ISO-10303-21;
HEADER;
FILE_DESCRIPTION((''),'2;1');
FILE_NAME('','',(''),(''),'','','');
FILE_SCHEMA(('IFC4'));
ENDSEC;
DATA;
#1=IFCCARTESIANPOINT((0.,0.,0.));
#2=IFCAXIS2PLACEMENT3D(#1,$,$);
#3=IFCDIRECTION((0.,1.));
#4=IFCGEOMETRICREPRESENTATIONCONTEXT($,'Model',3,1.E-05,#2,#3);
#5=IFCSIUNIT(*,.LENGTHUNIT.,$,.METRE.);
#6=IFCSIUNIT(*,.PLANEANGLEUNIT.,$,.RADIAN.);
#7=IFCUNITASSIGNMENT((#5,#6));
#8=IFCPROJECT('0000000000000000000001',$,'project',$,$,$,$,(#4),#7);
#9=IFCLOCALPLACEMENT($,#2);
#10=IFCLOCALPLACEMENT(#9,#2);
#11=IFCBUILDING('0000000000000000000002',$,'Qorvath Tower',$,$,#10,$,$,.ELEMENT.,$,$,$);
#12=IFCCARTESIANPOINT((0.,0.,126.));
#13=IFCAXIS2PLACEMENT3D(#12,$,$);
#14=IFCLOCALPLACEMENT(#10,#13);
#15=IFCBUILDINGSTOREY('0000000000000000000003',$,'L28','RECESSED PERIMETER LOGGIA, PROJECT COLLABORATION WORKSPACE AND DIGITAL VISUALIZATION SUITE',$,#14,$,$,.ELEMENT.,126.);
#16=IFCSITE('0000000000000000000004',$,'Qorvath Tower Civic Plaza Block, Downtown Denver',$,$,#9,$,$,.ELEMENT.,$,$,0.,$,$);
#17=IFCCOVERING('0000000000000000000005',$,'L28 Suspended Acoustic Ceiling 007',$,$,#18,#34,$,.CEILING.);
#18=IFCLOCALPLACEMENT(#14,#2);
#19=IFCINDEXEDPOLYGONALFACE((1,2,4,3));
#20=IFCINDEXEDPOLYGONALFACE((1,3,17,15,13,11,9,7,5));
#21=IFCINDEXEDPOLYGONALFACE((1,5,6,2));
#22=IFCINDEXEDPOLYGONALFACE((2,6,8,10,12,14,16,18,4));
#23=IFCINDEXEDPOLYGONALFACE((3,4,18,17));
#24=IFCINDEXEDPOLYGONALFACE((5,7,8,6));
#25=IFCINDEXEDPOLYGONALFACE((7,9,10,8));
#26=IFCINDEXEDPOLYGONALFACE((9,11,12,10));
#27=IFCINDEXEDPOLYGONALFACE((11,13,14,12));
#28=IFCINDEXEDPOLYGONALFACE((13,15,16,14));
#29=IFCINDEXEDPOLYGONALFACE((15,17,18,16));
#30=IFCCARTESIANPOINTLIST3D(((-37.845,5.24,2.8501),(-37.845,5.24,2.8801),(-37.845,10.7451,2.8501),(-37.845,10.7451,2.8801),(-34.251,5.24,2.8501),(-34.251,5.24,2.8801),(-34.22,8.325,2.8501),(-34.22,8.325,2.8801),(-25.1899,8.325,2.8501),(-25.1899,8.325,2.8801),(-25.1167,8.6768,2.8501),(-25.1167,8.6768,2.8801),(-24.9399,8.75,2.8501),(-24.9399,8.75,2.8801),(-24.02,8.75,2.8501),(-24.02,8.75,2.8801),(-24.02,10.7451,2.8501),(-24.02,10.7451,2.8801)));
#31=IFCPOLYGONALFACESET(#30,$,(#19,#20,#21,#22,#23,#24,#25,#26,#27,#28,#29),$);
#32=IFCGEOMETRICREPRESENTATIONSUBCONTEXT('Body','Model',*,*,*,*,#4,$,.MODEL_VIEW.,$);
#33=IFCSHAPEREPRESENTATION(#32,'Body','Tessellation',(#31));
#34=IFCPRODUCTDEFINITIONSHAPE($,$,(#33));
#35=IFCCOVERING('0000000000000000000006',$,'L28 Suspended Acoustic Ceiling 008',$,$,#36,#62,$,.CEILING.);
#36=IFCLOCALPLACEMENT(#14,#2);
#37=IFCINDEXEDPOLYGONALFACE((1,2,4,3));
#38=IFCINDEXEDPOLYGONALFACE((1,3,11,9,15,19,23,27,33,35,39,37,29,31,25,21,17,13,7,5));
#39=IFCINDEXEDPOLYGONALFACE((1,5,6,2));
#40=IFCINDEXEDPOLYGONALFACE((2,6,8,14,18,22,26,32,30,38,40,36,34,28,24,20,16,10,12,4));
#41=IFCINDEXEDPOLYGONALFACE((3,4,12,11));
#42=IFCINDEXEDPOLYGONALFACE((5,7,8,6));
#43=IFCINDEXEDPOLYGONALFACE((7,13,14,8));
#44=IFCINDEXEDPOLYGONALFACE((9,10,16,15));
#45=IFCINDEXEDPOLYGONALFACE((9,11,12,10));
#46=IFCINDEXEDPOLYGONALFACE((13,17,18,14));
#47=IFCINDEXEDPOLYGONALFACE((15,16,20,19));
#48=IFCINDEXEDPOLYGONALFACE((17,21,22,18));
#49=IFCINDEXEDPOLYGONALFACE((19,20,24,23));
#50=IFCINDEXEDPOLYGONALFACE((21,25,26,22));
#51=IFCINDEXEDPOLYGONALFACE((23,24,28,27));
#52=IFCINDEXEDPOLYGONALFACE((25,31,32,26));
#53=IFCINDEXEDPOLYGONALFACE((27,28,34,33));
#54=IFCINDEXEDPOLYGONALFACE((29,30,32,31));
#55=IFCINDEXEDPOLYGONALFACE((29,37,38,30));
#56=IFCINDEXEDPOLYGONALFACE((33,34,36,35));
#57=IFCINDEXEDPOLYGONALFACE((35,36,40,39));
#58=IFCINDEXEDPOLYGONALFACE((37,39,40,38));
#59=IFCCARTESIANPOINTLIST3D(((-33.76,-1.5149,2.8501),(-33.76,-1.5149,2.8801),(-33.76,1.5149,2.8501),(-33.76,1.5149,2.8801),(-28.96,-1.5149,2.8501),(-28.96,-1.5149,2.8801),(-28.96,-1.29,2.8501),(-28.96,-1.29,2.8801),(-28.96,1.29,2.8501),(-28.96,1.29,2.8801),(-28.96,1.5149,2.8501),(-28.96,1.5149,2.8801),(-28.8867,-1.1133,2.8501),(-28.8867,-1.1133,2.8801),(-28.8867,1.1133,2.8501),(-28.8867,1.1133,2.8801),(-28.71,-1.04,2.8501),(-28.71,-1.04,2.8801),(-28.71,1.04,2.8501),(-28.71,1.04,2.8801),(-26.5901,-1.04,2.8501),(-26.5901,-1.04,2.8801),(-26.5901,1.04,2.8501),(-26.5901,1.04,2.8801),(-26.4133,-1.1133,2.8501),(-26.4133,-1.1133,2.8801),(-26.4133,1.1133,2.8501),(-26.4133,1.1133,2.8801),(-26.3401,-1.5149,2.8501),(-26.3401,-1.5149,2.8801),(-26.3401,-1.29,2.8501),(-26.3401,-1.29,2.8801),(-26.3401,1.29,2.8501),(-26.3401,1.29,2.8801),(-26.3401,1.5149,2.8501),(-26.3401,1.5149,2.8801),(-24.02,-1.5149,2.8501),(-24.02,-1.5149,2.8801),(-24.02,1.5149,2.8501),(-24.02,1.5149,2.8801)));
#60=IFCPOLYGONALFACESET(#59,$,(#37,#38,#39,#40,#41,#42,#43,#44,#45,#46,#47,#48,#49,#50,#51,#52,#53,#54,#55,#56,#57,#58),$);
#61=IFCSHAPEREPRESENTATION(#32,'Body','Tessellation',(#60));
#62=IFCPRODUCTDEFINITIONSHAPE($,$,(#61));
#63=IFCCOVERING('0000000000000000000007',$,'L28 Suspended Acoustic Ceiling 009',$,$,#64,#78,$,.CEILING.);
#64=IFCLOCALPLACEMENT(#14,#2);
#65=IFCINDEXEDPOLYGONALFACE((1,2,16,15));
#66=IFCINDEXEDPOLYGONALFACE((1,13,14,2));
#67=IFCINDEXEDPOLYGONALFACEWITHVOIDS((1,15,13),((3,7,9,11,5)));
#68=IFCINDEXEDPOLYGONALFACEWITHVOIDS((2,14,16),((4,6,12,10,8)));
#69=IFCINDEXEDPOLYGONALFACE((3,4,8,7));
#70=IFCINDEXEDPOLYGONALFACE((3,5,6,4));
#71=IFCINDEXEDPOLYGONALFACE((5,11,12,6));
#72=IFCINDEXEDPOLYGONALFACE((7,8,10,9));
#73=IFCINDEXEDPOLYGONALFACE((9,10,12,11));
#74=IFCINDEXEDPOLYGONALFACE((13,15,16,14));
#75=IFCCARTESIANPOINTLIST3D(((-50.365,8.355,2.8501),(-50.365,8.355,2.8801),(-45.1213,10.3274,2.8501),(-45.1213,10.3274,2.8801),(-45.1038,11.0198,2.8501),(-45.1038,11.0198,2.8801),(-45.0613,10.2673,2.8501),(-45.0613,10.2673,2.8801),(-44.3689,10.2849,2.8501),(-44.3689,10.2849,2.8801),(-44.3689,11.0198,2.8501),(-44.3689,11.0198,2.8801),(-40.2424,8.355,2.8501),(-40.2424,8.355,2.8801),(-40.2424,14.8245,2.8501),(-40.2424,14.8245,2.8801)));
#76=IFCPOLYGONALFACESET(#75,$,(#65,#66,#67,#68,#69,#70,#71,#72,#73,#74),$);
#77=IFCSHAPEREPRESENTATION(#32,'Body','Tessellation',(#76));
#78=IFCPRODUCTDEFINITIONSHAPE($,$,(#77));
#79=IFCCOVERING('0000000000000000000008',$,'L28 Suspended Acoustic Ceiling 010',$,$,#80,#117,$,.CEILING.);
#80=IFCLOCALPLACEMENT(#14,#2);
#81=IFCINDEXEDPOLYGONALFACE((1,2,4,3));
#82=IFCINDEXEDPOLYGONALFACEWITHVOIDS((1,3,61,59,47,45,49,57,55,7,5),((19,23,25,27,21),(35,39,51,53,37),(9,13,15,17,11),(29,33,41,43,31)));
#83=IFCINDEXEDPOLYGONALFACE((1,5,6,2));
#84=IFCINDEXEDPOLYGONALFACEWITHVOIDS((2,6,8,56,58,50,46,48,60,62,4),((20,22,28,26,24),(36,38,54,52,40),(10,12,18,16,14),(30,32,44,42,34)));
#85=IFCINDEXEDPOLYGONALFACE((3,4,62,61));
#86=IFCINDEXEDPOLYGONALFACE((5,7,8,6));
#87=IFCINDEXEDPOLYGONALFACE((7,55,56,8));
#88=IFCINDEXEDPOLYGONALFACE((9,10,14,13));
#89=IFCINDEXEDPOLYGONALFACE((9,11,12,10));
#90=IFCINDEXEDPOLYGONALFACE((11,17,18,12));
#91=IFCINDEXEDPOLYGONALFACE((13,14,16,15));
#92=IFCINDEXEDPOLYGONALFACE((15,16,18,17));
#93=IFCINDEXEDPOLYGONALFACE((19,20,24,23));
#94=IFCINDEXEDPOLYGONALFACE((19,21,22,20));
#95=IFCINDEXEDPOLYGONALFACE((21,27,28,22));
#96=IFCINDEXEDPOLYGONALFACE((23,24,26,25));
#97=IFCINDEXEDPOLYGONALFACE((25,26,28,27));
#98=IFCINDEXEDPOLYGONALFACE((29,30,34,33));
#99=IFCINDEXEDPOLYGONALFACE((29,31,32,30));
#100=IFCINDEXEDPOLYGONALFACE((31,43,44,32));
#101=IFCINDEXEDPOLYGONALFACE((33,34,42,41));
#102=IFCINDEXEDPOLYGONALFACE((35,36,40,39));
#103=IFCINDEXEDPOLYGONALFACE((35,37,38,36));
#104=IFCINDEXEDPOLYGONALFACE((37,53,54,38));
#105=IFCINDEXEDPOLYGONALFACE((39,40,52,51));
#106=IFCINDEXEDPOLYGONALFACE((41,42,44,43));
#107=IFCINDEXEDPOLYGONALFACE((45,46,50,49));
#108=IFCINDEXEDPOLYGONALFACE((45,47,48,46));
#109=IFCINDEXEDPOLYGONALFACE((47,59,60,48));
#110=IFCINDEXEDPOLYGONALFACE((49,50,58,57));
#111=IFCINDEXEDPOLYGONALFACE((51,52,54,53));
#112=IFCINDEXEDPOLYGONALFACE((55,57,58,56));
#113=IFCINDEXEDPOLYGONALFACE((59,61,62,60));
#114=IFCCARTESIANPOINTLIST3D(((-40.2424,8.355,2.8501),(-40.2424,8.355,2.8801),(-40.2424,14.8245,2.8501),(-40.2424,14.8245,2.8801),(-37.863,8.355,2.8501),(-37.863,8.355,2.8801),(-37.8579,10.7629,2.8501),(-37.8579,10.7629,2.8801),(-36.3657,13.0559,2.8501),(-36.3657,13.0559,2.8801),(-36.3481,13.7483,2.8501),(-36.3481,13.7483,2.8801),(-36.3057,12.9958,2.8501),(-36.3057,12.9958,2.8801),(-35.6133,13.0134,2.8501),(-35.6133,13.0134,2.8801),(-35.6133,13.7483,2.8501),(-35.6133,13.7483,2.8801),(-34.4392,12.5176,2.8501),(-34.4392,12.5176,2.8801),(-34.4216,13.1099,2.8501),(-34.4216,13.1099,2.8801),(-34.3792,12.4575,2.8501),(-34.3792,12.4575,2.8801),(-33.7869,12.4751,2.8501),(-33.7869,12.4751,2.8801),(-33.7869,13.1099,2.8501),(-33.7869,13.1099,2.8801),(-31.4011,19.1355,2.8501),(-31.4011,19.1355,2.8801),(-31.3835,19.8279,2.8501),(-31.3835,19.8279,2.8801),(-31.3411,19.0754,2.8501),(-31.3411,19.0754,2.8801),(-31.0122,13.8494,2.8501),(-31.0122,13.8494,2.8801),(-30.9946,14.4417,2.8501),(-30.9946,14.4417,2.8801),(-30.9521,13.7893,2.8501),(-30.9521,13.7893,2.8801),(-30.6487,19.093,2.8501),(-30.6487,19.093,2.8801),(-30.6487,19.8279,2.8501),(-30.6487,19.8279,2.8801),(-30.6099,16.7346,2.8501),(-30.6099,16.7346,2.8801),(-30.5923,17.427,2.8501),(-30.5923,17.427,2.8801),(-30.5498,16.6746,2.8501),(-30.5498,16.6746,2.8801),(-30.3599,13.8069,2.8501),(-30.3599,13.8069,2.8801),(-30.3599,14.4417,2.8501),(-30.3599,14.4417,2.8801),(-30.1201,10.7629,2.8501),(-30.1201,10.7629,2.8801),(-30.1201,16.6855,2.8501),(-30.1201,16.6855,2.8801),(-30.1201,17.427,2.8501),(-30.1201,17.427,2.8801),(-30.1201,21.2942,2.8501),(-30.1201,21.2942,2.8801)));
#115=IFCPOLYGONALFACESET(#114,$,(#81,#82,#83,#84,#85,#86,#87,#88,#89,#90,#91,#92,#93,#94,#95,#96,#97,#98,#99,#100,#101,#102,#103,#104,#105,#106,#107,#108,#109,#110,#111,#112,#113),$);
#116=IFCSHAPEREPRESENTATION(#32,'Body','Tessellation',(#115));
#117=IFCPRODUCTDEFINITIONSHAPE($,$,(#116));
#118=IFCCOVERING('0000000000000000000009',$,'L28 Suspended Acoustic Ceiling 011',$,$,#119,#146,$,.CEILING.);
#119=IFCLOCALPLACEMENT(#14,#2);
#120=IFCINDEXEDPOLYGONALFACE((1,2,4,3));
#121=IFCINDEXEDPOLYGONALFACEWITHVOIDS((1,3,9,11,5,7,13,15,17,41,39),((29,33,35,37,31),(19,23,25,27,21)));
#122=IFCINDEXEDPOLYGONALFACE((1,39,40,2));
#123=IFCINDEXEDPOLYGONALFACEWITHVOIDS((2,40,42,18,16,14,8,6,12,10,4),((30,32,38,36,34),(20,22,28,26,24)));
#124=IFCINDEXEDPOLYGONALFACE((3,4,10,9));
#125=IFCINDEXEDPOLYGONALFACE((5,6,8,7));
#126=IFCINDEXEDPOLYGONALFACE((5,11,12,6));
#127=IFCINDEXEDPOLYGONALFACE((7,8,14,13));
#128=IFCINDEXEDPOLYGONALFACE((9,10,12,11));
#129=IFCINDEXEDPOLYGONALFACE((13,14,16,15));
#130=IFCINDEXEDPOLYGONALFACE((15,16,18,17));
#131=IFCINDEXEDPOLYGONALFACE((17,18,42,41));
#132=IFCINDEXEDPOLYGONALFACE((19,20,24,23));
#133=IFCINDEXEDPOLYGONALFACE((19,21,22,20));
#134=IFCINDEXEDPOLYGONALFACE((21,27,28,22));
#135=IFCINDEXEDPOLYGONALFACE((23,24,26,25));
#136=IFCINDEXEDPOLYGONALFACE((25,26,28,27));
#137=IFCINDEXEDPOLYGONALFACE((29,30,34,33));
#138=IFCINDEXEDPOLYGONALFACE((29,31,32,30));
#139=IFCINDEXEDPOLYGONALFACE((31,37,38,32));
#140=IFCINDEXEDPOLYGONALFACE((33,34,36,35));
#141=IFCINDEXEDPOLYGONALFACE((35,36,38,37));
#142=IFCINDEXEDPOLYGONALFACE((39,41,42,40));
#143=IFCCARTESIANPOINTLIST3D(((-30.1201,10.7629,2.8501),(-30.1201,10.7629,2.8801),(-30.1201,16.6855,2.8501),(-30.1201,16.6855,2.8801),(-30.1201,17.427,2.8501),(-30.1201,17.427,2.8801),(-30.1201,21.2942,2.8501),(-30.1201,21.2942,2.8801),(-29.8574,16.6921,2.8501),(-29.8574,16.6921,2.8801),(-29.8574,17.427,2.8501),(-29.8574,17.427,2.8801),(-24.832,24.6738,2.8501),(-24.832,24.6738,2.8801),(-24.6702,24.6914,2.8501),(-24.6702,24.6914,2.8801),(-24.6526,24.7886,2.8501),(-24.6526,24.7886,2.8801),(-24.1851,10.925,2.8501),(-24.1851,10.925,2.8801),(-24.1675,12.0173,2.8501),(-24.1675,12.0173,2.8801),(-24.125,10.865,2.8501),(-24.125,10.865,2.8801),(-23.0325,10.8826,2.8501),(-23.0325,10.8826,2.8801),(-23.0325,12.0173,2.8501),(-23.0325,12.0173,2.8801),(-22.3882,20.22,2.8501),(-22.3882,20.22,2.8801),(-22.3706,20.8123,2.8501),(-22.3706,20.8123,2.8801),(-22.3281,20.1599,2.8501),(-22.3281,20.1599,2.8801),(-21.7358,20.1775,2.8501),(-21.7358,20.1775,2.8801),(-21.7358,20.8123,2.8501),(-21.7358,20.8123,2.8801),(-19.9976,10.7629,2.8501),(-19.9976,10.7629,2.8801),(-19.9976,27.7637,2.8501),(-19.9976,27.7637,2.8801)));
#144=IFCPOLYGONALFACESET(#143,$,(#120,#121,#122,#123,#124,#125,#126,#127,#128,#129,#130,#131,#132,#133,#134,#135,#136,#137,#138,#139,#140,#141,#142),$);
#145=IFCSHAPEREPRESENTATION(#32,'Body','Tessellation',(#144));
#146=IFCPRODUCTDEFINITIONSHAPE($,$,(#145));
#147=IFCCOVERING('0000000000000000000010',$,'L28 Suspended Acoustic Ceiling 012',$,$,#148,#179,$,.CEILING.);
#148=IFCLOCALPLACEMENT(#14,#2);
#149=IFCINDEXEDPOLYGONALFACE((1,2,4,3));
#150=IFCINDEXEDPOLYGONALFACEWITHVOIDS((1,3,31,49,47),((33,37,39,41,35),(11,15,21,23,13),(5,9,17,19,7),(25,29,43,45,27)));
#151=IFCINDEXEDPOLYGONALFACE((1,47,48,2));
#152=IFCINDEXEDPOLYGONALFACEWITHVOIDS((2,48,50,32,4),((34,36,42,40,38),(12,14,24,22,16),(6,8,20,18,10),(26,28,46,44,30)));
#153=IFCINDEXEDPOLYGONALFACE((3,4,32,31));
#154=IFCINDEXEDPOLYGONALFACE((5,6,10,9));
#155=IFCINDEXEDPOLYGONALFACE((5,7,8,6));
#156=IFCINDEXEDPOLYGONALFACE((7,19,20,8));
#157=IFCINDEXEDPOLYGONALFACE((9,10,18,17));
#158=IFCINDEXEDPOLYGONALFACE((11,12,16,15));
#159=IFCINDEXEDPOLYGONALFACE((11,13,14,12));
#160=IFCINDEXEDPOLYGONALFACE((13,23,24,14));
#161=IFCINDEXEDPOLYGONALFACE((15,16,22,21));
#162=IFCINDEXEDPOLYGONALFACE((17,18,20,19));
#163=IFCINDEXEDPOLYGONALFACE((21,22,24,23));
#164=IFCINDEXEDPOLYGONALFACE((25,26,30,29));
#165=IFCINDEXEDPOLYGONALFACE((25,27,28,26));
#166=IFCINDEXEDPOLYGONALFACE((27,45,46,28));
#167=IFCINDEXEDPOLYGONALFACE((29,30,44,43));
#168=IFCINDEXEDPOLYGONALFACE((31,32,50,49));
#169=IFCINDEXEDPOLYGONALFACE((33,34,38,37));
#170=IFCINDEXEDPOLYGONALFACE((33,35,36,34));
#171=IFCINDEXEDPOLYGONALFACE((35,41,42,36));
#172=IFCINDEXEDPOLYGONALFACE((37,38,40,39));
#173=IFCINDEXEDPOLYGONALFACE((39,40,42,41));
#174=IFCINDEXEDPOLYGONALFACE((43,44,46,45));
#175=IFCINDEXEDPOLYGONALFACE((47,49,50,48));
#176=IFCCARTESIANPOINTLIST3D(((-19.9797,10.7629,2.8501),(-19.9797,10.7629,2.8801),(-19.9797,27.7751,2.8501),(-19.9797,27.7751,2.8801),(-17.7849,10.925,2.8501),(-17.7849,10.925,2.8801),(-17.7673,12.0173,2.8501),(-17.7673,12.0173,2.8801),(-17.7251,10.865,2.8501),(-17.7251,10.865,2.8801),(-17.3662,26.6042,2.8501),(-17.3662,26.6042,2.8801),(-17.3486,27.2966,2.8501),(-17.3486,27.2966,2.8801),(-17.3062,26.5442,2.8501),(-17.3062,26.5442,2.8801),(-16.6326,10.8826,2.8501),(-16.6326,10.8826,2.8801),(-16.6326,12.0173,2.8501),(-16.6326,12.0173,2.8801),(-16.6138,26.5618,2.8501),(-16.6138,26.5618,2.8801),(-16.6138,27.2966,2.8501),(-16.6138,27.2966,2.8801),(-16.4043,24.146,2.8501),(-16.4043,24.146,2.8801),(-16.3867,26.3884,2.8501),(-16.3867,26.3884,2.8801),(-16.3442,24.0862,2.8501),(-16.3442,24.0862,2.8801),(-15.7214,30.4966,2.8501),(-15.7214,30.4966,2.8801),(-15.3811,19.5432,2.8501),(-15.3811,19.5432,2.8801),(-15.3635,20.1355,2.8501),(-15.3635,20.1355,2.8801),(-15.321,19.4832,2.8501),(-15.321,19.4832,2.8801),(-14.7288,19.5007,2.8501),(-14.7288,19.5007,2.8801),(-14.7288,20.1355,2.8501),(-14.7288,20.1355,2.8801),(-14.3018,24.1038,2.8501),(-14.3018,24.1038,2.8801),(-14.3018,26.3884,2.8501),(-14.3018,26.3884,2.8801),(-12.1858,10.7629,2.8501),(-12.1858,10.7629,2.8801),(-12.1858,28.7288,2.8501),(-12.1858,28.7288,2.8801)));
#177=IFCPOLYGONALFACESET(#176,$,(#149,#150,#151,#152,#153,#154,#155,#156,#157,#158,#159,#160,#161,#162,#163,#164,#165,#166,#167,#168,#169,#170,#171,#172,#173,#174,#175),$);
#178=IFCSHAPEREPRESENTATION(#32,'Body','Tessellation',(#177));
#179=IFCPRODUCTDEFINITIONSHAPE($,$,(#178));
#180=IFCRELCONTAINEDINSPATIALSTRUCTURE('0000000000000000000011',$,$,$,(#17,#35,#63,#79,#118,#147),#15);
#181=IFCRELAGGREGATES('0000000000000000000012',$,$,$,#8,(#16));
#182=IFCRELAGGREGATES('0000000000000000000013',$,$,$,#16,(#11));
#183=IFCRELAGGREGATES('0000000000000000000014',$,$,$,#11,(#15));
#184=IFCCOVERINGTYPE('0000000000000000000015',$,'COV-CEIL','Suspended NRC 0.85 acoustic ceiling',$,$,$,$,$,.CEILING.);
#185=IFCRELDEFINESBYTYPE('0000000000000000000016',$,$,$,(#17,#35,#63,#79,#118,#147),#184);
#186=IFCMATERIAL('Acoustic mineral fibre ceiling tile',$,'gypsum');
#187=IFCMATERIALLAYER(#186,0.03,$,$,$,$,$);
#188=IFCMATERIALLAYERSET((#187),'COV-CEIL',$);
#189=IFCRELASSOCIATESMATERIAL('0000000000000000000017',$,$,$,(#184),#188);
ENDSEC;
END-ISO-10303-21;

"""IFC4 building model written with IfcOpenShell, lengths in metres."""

from ifc_helpers import new_model, si_unit, direction, frame, origin, place, context, subcontext, project, spatial, polyline, outline, extrude, material, layer, layer_set, type_object, element, save


model = new_model("IFC4")

# Units and contexts
model_context = context("Model", 3, precision=1e-05, world=origin(), true_north=direction((0.0, 1.0)))
body_context = subcontext(model_context, "Body", "Model", "MODEL_VIEW")
ifc_project = project(units=[si_unit("LENGTHUNIT", "METRE"), si_unit("PLANEANGLEUNIT", "RADIAN")], contexts=[model_context])

# Site, building, storey
site_placement = place(None, origin())
site = spatial("IfcSite", under=ifc_project, at=site_placement, Name="Qorvath Tower Civic Plaza Block, Downtown Denver", CompositionType="ELEMENT", RefElevation=0.0)
building_placement = place(site_placement, origin())
building = spatial("IfcBuilding", under=site, at=building_placement, Name="Qorvath Tower", CompositionType="ELEMENT")
storey_placement = place(building_placement, frame((0.0, 0.0, 126.0)))
storey = spatial("IfcBuildingStorey", under=building, at=storey_placement, Name="L28", Description="RECESSED PERIMETER LOGGIA, PROJECT COLLABORATION WORKSPACE AND DIGITAL VISUALIZATION SUITE", CompositionType="ELEMENT", Elevation=126.0)

# Coverings
ifc_material_1 = material(Name="Acoustic mineral fibre ceiling tile", Category="gypsum")
ifc_layer_1 = layer(ifc_material_1, 0.03)
ifc_layer_set_1 = layer_set([ifc_layer_1], Name="COV-CEIL")
covering_type_1 = type_object("IfcCoveringType", Name="COV-CEIL", Description="Suspended NRC 0.85 acoustic ceiling", PredefinedType="CEILING", material=ifc_layer_set_1)
covering_1_placement = place(storey_placement, frame((0.0, 0.0, 2.8501)))
element("IfcCovering", 1, at=covering_1_placement, inside=storey, type_object=covering_type_1, Name="L28 Suspended Acoustic Ceiling 007", PredefinedType="CEILING", context=body_context, shape_type="SweptSolid", body=[
    extrude(outline(polyline([(-24.02, 8.75), (-24.02, 10.7451), (-37.845, 10.7451), (-37.845, 5.24), (-34.251, 5.24), (-34.22, 8.325), (-25.1899, 8.325), (-25.1167, 8.6768), (-24.9399, 8.75), (-24.02, 8.75)])), origin(), (0.0, 0.0, 1.0), 0.03),
])
covering_2_placement = place(storey_placement, frame((0.0, 0.0, 2.8501)))
element("IfcCovering", 2, at=covering_2_placement, inside=storey, type_object=covering_type_1, Name="L28 Suspended Acoustic Ceiling 008", PredefinedType="CEILING", context=body_context, shape_type="SweptSolid", body=[
    extrude(outline(polyline([(-24.02, -1.5149), (-24.02, 1.5149), (-26.3401, 1.5149), (-26.3401, 1.29), (-26.4133, 1.1133), (-26.5901, 1.04), (-28.71, 1.04), (-28.8867, 1.1133), (-28.96, 1.29), (-28.96, 1.5149), (-33.76, 1.5149), (-33.76, -1.5149), (-28.96, -1.5149), (-28.96, -1.29), (-28.8867, -1.1133), (-28.71, -1.04), (-26.5901, -1.04), (-26.4133, -1.1133), (-26.3401, -1.29), (-26.3401, -1.5149), (-24.02, -1.5149)])), origin(), (0.0, 0.0, 1.0), 0.03),
])
covering_3_placement = place(storey_placement, frame((0.0, 0.0, 2.8501)))
element("IfcCovering", 3, at=covering_3_placement, inside=storey, type_object=covering_type_1, Name="L28 Suspended Acoustic Ceiling 009", PredefinedType="CEILING", context=body_context, shape_type="SweptSolid", body=[
    extrude(outline(polyline([(-40.2424, 8.355), (-40.2424, 14.8245), (-50.365, 8.355), (-40.2424, 8.355)]), holes=[polyline([(-45.1213, 10.3274), (-45.1038, 11.0198), (-44.3689, 11.0198), (-44.3689, 10.2849), (-45.0613, 10.2673), (-45.1213, 10.3274)])]), origin(), (0.0, 0.0, 1.0), 0.03),
])
covering_4_placement = place(storey_placement, frame((0.0, 0.0, 2.8501)))
element("IfcCovering", 4, at=covering_4_placement, inside=storey, type_object=covering_type_1, Name="L28 Suspended Acoustic Ceiling 010", PredefinedType="CEILING", context=body_context, shape_type="SweptSolid", body=[
    extrude(outline(polyline([(-30.1201, 10.7629), (-30.1201, 16.6855), (-30.5498, 16.6746), (-30.6099, 16.7346), (-30.5923, 17.427), (-30.1201, 17.427), (-30.1201, 21.2942), (-40.2424, 14.8245), (-40.2424, 8.355), (-37.863, 8.355), (-37.8579, 10.7629), (-30.1201, 10.7629)]), holes=[polyline([(-31.0122, 13.8494), (-30.9946, 14.4417), (-30.3599, 14.4417), (-30.3599, 13.8069), (-30.9521, 13.7893), (-31.0122, 13.8494)]), polyline([(-31.4011, 19.1355), (-31.3835, 19.8279), (-30.6487, 19.8279), (-30.6487, 19.093), (-31.3411, 19.0754), (-31.4011, 19.1355)]), polyline([(-34.4392, 12.5176), (-34.4216, 13.1099), (-33.7869, 13.1099), (-33.7869, 12.4751), (-34.3792, 12.4575), (-34.4392, 12.5176)]), polyline([(-36.3657, 13.0559), (-36.3481, 13.7483), (-35.6133, 13.7483), (-35.6133, 13.0134), (-36.3057, 12.9958), (-36.3657, 13.0559)])]), origin(), (0.0, 0.0, 1.0), 0.03),
])
covering_5_placement = place(storey_placement, frame((0.0, 0.0, 2.8501)))
element("IfcCovering", 5, at=covering_5_placement, inside=storey, type_object=covering_type_1, Name="L28 Suspended Acoustic Ceiling 011", PredefinedType="CEILING", context=body_context, shape_type="SweptSolid", body=[
    extrude(outline(polyline([(-19.9976, 10.7629), (-19.9976, 27.7637), (-24.6526, 24.7886), (-24.6702, 24.6914), (-24.832, 24.6738), (-30.1201, 21.2942), (-30.1201, 17.427), (-29.8574, 17.427), (-29.8574, 16.6921), (-30.1201, 16.6855), (-30.1201, 10.7629), (-19.9976, 10.7629)]), holes=[polyline([(-22.3882, 20.22), (-22.3706, 20.8123), (-21.7358, 20.8123), (-21.7358, 20.1775), (-22.3281, 20.1599), (-22.3882, 20.22)]), polyline([(-24.1851, 10.925), (-24.1675, 12.0173), (-23.0325, 12.0173), (-23.0325, 10.8826), (-24.125, 10.865), (-24.1851, 10.925)])]), origin(), (0.0, 0.0, 1.0), 0.03),
])
covering_6_placement = place(storey_placement, frame((0.0, 0.0, 2.8501)))
element("IfcCovering", 6, at=covering_6_placement, inside=storey, type_object=covering_type_1, Name="L28 Suspended Acoustic Ceiling 012", PredefinedType="CEILING", context=body_context, shape_type="SweptSolid", body=[
    extrude(outline(polyline([(-12.1858, 10.7629), (-12.1858, 28.7288), (-15.7214, 30.4966), (-19.9797, 27.7751), (-19.9797, 10.7629), (-12.1858, 10.7629)]), holes=[polyline([(-16.4043, 24.146), (-16.3867, 26.3884), (-14.3018, 26.3884), (-14.3018, 24.1038), (-16.3442, 24.0862), (-16.4043, 24.146)]), polyline([(-15.3811, 19.5432), (-15.3635, 20.1355), (-14.7288, 20.1355), (-14.7288, 19.5007), (-15.321, 19.4832), (-15.3811, 19.5432)]), polyline([(-17.3662, 26.6042), (-17.3486, 27.2966), (-16.6138, 27.2966), (-16.6138, 26.5618), (-17.3062, 26.5442), (-17.3662, 26.6042)]), polyline([(-17.7849, 10.925), (-17.7673, 12.0173), (-16.6326, 12.0173), (-16.6326, 10.8826), (-17.7251, 10.865), (-17.7849, 10.925)])]), origin(), (0.0, 0.0, 1.0), 0.03),
])

save(model, "model.ifc")
